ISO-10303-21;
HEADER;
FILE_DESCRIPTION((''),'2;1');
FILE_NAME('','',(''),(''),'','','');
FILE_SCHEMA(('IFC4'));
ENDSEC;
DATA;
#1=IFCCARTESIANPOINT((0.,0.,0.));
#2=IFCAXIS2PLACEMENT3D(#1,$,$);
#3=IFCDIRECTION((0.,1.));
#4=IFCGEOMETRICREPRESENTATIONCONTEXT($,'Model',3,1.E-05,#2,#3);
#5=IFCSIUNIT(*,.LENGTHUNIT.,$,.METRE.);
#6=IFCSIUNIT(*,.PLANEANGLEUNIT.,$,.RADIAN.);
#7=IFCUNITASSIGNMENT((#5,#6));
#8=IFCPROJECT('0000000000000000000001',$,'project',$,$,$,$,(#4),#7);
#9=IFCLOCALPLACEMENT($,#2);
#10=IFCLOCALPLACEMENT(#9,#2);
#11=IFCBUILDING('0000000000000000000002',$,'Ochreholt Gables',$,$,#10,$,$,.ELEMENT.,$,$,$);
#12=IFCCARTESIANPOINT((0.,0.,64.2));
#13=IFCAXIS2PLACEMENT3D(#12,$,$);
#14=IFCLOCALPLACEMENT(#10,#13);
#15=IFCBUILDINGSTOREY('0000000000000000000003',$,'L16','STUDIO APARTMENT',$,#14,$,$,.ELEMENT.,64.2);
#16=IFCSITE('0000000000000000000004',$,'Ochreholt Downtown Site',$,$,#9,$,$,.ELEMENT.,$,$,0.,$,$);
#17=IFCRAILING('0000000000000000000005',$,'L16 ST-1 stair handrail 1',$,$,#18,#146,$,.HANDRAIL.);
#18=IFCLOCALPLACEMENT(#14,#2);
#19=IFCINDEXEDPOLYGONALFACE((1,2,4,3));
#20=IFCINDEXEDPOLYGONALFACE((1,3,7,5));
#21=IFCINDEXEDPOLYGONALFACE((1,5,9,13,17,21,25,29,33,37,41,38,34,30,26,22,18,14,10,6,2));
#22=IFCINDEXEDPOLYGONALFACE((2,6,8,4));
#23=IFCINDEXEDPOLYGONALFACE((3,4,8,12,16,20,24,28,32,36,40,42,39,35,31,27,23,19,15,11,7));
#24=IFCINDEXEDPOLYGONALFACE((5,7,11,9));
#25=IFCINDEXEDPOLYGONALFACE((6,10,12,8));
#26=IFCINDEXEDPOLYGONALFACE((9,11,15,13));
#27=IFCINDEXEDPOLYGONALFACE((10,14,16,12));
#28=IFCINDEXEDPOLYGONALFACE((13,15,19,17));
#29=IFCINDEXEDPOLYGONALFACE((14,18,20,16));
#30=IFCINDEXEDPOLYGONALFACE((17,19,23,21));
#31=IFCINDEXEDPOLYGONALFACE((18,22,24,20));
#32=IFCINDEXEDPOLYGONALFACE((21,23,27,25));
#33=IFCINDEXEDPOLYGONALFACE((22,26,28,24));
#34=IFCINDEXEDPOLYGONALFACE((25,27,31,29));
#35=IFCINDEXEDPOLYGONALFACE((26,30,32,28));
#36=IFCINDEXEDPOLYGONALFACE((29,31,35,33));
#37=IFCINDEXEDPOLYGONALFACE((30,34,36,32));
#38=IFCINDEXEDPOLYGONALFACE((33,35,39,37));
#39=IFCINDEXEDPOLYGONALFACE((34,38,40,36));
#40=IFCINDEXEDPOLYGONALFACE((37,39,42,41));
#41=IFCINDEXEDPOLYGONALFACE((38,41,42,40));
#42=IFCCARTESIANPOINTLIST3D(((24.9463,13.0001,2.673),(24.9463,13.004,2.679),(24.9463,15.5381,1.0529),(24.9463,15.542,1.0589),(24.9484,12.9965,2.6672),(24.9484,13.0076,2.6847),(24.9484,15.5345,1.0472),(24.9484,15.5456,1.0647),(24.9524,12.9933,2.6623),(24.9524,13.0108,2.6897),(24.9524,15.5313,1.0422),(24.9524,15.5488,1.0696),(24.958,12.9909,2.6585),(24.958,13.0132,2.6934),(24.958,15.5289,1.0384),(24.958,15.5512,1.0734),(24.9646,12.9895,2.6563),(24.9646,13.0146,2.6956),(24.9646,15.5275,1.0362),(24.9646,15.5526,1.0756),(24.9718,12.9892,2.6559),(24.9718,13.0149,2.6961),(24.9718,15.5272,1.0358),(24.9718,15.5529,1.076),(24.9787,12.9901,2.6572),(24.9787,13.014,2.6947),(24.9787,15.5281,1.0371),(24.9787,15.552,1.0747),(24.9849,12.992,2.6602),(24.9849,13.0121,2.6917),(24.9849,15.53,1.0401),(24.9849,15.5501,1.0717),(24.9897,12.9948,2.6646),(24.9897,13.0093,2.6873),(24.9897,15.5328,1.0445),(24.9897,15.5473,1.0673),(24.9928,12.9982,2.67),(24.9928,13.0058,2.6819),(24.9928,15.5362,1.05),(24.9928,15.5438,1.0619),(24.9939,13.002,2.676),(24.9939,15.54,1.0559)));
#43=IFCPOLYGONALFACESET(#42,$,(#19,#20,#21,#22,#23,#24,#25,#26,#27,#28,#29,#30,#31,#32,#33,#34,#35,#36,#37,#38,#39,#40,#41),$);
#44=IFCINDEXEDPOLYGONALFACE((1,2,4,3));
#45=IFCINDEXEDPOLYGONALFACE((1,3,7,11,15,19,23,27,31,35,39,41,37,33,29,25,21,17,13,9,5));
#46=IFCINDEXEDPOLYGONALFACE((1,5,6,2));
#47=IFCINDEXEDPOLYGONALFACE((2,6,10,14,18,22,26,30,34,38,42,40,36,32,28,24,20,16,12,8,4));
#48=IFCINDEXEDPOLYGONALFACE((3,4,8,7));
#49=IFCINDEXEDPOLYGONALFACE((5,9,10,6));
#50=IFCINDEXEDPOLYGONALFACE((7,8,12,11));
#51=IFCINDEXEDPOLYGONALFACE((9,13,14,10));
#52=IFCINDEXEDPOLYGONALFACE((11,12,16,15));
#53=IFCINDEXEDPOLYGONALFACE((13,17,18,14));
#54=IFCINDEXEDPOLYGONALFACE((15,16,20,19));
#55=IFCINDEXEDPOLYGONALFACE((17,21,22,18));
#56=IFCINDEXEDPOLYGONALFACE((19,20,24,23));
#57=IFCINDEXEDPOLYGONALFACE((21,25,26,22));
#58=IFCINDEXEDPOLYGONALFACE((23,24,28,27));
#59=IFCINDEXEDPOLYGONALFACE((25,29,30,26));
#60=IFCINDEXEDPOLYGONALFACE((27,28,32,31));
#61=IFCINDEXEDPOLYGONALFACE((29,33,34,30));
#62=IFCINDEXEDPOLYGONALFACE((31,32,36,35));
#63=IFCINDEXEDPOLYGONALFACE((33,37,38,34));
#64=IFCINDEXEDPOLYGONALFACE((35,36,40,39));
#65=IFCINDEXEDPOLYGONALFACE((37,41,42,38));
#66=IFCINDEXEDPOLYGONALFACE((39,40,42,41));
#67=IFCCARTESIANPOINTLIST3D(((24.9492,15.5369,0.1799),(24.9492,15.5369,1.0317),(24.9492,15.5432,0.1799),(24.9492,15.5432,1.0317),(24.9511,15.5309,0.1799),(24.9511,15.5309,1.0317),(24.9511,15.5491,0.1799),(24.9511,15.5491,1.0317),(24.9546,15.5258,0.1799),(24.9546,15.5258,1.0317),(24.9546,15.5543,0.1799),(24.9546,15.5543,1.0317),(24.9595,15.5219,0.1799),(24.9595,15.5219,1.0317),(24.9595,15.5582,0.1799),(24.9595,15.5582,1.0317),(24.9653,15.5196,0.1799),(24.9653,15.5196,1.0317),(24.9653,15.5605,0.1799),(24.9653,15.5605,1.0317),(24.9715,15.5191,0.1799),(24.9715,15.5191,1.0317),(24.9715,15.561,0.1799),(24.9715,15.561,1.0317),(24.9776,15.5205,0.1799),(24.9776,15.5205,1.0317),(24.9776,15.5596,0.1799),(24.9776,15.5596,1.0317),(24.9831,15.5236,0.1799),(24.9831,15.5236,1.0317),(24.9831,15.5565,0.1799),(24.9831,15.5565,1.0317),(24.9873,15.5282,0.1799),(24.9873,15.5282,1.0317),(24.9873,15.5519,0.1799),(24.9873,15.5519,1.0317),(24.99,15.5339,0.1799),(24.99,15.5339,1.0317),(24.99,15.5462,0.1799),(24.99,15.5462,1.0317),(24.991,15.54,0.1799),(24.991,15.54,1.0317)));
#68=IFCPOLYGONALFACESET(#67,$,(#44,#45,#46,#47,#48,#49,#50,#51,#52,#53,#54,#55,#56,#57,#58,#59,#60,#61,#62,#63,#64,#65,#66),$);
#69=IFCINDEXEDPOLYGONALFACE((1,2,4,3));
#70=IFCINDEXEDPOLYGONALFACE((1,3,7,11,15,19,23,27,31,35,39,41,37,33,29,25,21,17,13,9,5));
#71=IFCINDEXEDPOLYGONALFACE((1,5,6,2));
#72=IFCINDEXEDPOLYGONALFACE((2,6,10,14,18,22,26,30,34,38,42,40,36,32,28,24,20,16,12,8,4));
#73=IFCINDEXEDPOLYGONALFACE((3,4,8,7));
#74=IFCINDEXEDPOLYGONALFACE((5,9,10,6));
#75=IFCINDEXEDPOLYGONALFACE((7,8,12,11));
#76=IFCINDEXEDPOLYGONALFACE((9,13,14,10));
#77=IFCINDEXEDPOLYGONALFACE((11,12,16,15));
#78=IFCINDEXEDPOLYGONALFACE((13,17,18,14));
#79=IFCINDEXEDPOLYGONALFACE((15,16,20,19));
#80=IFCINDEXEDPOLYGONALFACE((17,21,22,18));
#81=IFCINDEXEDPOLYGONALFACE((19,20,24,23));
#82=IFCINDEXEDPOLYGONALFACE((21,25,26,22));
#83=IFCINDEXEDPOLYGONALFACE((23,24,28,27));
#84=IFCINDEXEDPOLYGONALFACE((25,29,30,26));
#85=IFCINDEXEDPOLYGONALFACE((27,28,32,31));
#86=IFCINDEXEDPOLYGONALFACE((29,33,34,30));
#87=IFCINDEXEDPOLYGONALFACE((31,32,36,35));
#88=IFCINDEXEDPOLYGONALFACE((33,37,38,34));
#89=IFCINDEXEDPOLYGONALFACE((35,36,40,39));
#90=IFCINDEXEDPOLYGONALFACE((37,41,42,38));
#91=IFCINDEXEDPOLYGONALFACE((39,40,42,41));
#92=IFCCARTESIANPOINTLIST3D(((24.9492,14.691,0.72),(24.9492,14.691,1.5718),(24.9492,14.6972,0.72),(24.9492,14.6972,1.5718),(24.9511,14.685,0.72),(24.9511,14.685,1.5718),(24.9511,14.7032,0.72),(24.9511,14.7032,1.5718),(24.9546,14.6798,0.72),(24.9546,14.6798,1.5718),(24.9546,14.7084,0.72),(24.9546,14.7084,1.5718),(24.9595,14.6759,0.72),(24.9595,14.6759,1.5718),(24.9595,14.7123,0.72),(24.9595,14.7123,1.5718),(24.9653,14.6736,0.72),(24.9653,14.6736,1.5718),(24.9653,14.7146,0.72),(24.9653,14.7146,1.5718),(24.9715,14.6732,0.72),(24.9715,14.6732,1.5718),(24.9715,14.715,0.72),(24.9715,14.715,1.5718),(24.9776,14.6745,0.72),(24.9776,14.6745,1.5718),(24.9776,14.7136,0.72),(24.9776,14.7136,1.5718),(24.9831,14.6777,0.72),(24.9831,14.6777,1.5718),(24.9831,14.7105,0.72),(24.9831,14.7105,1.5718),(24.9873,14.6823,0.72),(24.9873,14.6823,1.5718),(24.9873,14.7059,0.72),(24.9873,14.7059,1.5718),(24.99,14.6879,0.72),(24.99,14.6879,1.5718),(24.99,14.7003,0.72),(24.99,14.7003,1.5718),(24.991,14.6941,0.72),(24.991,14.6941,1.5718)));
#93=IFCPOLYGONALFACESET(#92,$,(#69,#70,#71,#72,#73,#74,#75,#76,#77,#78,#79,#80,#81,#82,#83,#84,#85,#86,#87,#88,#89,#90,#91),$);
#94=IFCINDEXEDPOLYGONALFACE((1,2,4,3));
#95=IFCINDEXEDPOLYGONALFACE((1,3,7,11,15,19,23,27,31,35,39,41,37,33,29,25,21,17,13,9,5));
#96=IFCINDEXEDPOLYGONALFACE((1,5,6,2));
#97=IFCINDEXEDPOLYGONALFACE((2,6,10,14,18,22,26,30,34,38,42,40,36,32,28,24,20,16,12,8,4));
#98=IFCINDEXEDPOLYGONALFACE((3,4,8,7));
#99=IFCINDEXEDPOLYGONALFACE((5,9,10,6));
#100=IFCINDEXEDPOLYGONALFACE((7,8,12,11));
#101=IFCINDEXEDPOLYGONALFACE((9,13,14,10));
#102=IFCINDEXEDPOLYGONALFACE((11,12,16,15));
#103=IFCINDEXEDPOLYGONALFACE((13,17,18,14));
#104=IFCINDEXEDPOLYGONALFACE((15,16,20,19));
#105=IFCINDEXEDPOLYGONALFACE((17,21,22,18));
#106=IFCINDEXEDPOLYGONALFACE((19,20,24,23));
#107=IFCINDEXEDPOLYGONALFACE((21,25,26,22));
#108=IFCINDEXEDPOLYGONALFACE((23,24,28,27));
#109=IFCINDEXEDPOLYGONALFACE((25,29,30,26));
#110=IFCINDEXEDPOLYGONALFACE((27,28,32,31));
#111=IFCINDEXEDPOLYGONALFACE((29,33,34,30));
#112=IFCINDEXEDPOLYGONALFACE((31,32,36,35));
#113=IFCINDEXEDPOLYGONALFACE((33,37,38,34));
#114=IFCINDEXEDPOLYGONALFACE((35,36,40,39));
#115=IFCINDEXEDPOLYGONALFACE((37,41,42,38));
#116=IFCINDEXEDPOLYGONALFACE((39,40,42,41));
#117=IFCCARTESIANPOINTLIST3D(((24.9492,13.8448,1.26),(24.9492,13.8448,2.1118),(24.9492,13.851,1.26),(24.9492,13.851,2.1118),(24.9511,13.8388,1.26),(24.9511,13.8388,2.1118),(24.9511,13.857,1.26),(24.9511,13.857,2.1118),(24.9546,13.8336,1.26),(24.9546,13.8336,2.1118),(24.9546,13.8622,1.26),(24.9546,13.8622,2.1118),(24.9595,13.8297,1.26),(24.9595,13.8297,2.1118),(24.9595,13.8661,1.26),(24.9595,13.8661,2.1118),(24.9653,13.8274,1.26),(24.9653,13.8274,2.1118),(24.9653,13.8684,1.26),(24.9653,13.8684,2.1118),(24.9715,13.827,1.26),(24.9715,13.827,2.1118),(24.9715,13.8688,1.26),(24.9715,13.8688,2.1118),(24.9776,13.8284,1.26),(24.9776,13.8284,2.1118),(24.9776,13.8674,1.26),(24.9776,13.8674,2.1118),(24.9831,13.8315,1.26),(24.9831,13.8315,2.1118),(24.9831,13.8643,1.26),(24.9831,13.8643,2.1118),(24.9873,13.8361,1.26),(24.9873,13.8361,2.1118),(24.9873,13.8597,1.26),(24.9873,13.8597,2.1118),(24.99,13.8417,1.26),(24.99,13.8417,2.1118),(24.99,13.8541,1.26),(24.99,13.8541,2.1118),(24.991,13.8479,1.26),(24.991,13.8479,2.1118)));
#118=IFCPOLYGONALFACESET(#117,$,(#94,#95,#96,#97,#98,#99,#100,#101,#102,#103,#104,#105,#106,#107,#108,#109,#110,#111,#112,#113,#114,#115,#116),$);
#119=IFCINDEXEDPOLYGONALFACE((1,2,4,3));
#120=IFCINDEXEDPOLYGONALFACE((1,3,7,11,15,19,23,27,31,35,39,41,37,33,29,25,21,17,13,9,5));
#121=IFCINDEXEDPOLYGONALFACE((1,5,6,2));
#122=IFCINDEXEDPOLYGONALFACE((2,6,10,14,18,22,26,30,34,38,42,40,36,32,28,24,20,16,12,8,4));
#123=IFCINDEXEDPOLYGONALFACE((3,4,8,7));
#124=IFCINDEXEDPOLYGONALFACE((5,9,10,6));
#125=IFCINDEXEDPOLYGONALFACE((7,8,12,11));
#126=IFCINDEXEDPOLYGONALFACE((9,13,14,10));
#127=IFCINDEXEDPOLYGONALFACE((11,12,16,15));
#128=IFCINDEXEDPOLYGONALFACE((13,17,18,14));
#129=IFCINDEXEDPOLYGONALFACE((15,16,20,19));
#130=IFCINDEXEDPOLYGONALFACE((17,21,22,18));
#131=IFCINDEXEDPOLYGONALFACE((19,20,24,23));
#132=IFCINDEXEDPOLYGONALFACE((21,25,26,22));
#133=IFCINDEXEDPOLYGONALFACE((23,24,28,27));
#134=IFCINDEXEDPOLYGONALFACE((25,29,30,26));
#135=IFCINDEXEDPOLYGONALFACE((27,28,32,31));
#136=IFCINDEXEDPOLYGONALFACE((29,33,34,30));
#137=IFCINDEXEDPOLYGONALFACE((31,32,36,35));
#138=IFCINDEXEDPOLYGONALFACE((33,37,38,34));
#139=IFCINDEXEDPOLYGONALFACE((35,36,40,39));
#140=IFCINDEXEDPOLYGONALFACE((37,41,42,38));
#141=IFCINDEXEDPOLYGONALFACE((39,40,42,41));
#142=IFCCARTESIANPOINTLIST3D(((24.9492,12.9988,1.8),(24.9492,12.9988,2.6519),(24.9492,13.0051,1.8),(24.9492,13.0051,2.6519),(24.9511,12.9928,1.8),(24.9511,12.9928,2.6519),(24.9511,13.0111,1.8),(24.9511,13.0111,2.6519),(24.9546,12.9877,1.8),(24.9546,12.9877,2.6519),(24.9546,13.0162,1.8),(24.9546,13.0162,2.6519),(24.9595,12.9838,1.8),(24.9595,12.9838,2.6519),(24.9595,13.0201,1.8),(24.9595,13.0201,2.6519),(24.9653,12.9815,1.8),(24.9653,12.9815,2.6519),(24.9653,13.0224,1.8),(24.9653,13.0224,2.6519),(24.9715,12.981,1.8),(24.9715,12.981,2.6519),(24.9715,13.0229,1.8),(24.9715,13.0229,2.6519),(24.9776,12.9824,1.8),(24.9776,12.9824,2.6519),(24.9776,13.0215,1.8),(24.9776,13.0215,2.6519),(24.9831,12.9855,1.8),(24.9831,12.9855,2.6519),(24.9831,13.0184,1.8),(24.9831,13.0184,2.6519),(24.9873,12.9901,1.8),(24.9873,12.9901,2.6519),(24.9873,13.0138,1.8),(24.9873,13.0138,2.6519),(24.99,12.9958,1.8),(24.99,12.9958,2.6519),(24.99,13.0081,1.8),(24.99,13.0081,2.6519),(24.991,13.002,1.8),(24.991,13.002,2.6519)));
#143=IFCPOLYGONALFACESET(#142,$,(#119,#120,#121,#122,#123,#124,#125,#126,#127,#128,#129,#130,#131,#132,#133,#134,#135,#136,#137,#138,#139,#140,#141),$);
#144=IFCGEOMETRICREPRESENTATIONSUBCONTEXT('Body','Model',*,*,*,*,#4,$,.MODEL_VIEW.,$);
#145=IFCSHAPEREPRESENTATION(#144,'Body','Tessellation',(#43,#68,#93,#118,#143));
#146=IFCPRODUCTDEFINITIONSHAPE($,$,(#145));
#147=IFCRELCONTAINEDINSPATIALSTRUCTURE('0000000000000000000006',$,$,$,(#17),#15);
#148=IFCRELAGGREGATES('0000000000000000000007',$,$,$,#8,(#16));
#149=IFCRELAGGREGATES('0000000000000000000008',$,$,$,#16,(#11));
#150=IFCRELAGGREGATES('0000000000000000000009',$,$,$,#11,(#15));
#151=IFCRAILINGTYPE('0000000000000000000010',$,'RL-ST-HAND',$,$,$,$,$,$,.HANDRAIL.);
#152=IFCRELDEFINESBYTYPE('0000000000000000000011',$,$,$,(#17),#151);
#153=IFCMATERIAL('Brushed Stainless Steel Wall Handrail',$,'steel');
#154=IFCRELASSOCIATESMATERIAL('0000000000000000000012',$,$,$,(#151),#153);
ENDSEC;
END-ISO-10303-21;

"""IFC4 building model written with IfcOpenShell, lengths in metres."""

from ifc_helpers import new_model, si_unit, direction, frame, origin, origin_2d, place, context, subcontext, project, spatial, circle, extrude, material, type_object, element, save


model = new_model("IFC4")

# Units and contexts
model_context = context("Model", 3, precision=1e-05, world=origin(), true_north=direction((0.0, 1.0)))
body_context = subcontext(model_context, "Body", "Model", "MODEL_VIEW")
ifc_project = project(units=[si_unit("LENGTHUNIT", "METRE"), si_unit("PLANEANGLEUNIT", "RADIAN")], contexts=[model_context])

# Site, building, storey
site_placement = place(None, origin())
site = spatial("IfcSite", under=ifc_project, at=site_placement, Name="Ochreholt Downtown Site", CompositionType="ELEMENT", RefElevation=0.0)
building_placement = place(site_placement, origin())
building = spatial("IfcBuilding", under=site, at=building_placement, Name="Ochreholt Gables", CompositionType="ELEMENT")
storey_placement = place(building_placement, frame((0.0, 0.0, 64.2)))
storey = spatial("IfcBuildingStorey", under=building, at=storey_placement, Name="L16", Description="STUDIO APARTMENT", CompositionType="ELEMENT", Elevation=64.2)

# Railing
ifc_material_1 = material(Name="Brushed Stainless Steel Wall Handrail", Category="steel")
railing_type = type_object("IfcRailingType", Name="RL-ST-HAND", PredefinedType="HANDRAIL", material=ifc_material_1)
railing_placement = place(storey_placement, frame((24.97, 15.54, 0.1799)))
element("IfcRailing", 1, at=railing_placement, inside=storey, type_object=railing_type, Name="L16 ST-1 stair handrail 1", PredefinedType="HANDRAIL", context=body_context, shape_type="SweptSolid", body=[
    extrude(circle(Radius=0.0239, at=origin_2d()), frame((0.0, 0.0, 0.876), z_axis=(0.0, -0.842913, 0.53805), x_axis=(1.0, 0.0, 0.0)), (0.0, 0.0, 1.0), 3.011),
    extrude(circle(Radius=0.021, at=origin_2d()), origin(), (0.0, 0.0, 1.0), 0.8518),
    extrude(circle(Radius=0.021, at=origin_2d()), frame((0.0, -0.8459, 0.54)), (0.0, 0.0, 1.0), 0.8518),
    extrude(circle(Radius=0.021, at=origin_2d()), frame((0.0, -1.6921, 1.0801)), (0.0, 0.0, 1.0), 0.8518),
    extrude(circle(Radius=0.021, at=origin_2d()), frame((0.0, -2.5381, 1.6201)), (0.0, 0.0, 1.0), 0.8518),
])

save(model, "model.ifc")
